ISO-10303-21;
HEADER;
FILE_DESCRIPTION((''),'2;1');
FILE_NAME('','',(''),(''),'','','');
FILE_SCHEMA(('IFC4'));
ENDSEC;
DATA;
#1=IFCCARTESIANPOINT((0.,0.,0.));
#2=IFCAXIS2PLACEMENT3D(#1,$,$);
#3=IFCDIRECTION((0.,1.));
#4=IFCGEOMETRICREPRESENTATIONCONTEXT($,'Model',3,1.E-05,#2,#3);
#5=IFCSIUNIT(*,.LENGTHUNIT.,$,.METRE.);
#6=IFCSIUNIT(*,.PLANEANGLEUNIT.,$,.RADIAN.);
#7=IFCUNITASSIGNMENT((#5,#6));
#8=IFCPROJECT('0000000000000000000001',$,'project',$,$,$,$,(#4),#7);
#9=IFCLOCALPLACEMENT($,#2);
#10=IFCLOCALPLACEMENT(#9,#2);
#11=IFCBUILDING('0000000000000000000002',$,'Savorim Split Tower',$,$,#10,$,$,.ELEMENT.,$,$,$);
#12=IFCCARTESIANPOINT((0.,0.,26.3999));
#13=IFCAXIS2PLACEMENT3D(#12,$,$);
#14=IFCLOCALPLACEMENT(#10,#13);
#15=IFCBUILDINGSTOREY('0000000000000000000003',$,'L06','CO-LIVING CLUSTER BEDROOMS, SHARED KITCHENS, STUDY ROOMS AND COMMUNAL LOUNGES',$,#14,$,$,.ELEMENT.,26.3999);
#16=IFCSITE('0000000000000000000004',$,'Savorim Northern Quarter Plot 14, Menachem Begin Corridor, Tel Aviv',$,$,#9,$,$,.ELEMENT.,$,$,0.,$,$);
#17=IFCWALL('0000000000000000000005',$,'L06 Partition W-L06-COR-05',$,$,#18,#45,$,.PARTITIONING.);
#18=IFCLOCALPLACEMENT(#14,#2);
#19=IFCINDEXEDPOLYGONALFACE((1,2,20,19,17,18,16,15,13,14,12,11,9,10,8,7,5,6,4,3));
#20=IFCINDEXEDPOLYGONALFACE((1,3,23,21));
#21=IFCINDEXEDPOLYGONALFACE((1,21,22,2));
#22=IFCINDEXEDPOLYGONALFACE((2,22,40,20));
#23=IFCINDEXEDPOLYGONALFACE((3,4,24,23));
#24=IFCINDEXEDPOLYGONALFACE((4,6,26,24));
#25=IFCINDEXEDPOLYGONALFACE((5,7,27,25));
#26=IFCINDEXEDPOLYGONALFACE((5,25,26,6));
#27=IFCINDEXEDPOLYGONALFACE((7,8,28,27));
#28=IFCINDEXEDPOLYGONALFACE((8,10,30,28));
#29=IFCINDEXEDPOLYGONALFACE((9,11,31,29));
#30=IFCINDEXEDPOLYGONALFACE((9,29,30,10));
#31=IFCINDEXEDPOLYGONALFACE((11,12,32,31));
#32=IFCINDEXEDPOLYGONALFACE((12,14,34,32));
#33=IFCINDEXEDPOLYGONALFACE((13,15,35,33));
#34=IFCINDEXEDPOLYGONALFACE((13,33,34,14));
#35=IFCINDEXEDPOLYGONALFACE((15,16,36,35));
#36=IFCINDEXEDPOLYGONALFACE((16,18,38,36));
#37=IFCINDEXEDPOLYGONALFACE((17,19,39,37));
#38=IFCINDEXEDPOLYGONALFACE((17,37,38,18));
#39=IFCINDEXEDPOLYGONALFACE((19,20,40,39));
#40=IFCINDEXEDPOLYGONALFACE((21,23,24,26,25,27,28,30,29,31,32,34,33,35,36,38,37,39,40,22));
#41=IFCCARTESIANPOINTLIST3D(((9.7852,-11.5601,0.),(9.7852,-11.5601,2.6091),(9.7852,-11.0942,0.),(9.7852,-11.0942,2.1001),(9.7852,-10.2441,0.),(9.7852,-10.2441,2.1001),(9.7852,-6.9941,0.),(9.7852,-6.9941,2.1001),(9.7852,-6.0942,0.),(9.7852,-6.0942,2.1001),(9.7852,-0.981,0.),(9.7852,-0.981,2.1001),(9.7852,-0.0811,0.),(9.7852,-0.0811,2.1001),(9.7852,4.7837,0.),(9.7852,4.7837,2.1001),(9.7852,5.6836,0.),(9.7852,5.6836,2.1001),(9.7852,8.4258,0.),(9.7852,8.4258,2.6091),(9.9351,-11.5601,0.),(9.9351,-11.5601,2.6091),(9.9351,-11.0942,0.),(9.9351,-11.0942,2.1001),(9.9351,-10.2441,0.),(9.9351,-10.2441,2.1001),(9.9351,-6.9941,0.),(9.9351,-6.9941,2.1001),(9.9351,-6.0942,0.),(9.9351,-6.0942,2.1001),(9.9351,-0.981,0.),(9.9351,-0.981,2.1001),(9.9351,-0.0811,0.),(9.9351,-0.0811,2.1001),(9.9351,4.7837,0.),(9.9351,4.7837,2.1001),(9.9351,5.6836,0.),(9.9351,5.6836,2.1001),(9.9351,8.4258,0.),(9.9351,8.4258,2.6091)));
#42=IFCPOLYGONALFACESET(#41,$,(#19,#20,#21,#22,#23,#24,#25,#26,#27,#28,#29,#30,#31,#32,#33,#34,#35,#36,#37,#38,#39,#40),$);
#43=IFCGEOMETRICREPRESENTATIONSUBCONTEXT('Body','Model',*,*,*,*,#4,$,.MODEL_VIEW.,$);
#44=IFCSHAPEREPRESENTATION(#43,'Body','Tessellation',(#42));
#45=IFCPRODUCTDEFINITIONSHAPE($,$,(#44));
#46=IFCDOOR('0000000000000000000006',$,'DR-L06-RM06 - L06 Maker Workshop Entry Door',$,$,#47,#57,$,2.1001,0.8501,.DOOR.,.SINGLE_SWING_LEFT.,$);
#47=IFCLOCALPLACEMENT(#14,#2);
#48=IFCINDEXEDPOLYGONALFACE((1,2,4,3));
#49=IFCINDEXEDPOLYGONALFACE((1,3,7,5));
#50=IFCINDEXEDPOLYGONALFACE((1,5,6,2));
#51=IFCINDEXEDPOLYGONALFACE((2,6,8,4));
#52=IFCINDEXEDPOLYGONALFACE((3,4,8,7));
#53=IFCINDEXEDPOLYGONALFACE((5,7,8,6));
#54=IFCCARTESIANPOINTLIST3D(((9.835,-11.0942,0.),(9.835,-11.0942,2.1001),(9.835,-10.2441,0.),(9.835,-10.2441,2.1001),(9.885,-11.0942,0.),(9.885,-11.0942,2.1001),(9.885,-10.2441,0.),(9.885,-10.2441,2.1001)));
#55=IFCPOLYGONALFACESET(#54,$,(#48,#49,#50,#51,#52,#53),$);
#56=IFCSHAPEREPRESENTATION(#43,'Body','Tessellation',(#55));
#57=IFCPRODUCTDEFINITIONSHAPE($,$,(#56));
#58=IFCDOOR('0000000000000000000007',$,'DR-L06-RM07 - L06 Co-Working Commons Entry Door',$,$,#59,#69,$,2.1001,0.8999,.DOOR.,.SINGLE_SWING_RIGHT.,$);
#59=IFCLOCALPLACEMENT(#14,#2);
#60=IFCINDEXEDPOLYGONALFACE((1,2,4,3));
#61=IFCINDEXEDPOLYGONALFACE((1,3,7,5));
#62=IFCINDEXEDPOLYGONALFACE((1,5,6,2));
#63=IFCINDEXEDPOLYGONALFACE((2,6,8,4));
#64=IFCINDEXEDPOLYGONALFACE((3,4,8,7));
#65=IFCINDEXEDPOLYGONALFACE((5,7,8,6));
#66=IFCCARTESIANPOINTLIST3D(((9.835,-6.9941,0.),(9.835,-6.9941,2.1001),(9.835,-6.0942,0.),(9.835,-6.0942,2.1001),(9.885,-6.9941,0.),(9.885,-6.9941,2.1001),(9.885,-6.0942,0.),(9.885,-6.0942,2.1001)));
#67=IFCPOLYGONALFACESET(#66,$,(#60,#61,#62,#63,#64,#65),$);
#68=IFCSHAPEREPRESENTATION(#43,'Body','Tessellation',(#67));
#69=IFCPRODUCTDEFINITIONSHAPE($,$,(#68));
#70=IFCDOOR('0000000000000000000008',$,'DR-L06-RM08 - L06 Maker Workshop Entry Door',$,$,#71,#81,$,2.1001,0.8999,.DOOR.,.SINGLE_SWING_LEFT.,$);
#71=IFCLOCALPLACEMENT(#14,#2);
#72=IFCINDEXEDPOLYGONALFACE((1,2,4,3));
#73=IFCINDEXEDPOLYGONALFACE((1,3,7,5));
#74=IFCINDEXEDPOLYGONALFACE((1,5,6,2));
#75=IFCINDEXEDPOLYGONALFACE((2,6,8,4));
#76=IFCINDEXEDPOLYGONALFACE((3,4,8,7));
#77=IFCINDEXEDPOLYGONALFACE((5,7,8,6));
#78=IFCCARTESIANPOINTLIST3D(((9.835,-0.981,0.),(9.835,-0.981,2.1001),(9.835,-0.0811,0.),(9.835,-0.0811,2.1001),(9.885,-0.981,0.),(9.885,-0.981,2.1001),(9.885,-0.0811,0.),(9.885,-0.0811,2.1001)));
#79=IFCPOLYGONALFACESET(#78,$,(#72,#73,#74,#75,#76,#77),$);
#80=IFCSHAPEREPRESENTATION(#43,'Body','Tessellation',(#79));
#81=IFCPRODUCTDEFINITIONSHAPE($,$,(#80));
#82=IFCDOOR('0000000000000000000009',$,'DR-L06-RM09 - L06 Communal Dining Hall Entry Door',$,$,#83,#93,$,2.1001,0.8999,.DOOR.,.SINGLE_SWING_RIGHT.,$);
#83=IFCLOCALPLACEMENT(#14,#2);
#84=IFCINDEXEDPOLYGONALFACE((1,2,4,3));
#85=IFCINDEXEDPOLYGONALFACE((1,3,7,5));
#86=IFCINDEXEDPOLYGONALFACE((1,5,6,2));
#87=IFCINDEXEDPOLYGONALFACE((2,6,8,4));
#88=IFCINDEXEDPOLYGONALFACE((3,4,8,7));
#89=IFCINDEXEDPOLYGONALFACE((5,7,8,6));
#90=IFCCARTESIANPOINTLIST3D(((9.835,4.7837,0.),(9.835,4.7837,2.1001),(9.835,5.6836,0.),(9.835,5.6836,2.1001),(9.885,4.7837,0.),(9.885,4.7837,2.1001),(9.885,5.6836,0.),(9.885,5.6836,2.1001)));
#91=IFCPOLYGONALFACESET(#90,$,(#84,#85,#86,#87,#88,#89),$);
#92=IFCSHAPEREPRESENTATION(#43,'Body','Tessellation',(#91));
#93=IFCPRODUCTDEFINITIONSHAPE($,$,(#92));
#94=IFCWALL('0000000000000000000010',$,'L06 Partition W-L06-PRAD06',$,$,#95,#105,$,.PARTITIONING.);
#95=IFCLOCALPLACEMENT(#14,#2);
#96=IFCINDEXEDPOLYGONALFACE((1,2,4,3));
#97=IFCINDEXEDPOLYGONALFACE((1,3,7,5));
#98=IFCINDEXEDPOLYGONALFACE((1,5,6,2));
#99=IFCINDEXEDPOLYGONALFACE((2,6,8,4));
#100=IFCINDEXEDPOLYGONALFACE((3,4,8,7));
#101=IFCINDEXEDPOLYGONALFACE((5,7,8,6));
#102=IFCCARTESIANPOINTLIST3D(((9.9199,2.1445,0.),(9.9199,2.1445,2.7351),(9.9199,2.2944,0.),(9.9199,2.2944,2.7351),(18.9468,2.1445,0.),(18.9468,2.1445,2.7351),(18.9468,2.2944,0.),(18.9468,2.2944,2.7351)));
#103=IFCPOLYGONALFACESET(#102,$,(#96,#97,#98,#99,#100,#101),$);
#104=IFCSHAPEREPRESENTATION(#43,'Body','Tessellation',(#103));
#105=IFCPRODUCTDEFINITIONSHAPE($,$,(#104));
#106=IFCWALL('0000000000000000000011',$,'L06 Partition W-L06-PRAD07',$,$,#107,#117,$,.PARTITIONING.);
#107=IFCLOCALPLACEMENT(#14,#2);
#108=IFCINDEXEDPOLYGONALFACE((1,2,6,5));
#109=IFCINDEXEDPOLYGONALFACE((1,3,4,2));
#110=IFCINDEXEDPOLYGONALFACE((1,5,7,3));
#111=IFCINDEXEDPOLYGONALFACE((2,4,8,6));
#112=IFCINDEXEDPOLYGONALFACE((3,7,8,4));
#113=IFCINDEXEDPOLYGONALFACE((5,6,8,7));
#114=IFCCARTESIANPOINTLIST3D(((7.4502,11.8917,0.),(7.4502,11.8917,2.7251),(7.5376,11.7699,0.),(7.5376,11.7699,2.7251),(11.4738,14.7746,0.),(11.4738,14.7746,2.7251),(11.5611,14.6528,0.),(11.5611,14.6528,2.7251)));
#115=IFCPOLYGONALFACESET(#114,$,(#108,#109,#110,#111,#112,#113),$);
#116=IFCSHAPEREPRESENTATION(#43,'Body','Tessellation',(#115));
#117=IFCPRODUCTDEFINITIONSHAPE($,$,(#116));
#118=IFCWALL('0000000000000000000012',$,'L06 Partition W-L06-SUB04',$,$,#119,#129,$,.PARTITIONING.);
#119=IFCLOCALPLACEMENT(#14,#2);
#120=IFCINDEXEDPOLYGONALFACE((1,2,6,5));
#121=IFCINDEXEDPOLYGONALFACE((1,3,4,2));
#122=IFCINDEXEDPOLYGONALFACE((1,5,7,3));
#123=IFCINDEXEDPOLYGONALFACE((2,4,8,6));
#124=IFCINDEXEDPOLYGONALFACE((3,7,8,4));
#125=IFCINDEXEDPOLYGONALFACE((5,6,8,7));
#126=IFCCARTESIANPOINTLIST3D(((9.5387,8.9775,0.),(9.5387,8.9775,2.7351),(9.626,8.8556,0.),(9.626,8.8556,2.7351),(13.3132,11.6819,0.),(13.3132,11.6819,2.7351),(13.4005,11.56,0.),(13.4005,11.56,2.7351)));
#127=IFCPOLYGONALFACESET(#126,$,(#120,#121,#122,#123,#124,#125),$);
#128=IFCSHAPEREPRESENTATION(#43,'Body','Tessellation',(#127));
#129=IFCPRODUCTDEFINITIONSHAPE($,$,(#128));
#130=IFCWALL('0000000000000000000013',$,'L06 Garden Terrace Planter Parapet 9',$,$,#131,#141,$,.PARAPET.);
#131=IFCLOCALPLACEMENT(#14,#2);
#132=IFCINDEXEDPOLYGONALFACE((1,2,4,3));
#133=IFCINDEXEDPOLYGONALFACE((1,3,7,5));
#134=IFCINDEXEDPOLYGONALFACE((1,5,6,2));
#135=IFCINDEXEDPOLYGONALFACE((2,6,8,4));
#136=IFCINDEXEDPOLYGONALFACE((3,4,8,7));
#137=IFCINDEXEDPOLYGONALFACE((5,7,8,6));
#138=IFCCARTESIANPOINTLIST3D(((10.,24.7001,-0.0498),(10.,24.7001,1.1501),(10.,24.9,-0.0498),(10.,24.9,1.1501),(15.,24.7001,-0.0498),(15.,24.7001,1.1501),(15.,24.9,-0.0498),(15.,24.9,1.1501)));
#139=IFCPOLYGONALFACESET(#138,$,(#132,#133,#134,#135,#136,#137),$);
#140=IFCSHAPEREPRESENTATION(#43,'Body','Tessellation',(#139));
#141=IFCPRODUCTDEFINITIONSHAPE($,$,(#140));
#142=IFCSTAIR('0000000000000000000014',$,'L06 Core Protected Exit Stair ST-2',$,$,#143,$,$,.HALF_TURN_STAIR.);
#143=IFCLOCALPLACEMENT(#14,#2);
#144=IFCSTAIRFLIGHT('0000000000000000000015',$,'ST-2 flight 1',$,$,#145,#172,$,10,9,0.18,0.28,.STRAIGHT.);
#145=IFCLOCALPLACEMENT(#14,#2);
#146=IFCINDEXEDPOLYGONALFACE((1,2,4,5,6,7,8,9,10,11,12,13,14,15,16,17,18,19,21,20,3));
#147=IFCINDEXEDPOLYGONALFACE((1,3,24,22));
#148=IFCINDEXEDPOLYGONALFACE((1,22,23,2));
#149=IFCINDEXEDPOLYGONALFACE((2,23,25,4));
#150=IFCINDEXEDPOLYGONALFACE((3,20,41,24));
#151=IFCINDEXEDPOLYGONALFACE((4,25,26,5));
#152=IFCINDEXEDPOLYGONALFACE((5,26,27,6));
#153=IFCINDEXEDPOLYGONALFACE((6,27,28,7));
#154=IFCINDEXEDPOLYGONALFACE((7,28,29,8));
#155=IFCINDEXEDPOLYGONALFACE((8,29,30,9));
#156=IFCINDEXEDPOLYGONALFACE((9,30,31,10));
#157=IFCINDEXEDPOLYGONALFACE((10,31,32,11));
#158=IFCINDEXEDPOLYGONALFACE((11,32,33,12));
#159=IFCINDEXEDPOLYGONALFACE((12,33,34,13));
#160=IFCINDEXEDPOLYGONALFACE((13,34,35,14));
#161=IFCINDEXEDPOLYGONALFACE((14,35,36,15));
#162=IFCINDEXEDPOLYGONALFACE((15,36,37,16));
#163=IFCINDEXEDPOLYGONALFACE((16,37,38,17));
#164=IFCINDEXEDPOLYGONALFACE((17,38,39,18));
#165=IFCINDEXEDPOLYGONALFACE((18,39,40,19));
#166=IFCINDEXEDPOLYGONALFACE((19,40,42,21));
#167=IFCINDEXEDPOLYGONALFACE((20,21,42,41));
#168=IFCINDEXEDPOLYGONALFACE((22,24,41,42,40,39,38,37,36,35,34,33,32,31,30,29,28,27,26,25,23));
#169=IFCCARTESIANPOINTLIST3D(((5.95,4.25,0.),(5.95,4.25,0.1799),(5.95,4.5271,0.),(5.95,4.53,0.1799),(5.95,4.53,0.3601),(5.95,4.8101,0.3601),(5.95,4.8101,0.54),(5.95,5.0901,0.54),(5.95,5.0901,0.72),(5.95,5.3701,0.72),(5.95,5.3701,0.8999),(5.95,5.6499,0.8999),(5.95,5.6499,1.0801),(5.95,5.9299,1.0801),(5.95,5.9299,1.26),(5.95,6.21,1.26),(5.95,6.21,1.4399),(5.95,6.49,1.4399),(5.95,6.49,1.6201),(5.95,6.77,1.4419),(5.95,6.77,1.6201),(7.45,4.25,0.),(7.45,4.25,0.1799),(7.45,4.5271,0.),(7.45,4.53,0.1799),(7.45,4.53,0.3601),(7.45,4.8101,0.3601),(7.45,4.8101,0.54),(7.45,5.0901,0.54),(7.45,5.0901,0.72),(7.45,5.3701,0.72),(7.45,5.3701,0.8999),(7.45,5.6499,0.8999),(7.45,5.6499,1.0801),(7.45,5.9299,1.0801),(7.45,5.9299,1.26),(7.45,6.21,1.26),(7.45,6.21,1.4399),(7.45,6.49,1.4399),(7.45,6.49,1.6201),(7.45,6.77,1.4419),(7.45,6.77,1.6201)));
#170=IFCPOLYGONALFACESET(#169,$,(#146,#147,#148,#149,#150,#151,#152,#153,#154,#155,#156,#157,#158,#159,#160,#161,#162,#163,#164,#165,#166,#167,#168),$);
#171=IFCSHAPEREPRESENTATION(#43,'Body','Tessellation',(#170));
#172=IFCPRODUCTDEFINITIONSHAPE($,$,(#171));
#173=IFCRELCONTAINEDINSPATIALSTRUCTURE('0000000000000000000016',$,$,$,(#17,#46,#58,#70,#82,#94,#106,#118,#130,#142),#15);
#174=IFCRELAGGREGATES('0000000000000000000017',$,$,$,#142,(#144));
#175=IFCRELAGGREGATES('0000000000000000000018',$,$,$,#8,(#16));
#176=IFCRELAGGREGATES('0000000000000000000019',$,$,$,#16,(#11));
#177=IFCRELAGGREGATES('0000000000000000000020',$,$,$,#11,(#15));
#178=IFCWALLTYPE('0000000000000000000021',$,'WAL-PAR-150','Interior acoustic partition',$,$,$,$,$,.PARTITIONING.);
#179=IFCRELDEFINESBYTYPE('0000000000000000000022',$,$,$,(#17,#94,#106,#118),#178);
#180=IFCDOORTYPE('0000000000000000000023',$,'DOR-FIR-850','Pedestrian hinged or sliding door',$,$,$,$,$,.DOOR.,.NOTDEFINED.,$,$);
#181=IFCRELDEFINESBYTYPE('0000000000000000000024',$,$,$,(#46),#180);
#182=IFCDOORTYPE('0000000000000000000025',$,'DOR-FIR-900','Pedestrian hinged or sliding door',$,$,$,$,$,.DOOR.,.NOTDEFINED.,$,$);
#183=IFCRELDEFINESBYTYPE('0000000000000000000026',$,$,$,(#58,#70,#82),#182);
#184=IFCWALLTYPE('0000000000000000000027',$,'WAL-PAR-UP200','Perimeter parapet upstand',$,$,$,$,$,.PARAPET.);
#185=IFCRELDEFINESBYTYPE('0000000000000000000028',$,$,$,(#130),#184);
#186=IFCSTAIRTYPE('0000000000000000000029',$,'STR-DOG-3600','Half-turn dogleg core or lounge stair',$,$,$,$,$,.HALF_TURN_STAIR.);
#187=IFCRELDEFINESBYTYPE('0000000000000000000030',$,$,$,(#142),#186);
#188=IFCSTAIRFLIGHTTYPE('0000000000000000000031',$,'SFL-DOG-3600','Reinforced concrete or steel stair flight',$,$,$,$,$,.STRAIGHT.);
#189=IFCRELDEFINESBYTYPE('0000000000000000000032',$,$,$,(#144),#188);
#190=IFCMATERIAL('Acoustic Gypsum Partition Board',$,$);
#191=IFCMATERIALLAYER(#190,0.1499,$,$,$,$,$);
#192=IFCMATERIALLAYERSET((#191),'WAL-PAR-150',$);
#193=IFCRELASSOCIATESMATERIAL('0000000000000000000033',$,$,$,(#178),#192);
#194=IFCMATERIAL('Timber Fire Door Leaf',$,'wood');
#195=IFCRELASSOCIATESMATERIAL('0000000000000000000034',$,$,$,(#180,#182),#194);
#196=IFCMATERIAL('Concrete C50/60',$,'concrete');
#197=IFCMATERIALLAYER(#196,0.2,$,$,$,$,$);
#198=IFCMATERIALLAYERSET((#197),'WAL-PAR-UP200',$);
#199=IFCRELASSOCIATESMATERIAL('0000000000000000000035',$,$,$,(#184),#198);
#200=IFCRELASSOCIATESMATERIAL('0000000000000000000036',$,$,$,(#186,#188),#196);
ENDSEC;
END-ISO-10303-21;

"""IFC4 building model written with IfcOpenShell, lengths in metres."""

from ifc_helpers import new_model, si_unit, direction, frame, frame_2d, origin, place, context, subcontext, project, spatial, polyline, rectangle, outline, extrude, material, layer, layer_set, type_object, element, fill, aggregate, save


model = new_model("IFC4")

# Units and contexts
model_context = context("Model", 3, precision=1e-05, world=origin(), true_north=direction((0.0, 1.0)))
body_context = subcontext(model_context, "Body", "Model", "MODEL_VIEW")
ifc_project = project(units=[si_unit("LENGTHUNIT", "METRE"), si_unit("PLANEANGLEUNIT", "RADIAN")], contexts=[model_context])

# Site, building, storey
site_placement = place(None, origin())
site = spatial("IfcSite", under=ifc_project, at=site_placement, Name="Savorim Northern Quarter Plot 14, Menachem Begin Corridor, Tel Aviv", CompositionType="ELEMENT", RefElevation=0.0)
building_placement = place(site_placement, origin())
building = spatial("IfcBuilding", under=site, at=building_placement, Name="Savorim Split Tower", CompositionType="ELEMENT")
storey_placement = place(building_placement, frame((0.0, 0.0, 26.3999)))
storey = spatial("IfcBuildingStorey", under=building, at=storey_placement, Name="L06", Description="CO-LIVING CLUSTER BEDROOMS, SHARED KITCHENS, STUDY ROOMS AND COMMUNAL LOUNGES", CompositionType="ELEMENT", Elevation=26.3999)

# Shared definitions
ifc_material_1 = material(Name="Timber Fire Door Leaf", Category="wood")

# Shared definitions
ifc_material_2 = material(Name="Acoustic Gypsum Partition Board")
ifc_layer_1 = layer(ifc_material_2, 0.1499)
ifc_layer_set_1 = layer_set([ifc_layer_1], Name="WAL-PAR-150")
wall_type_1 = type_object("IfcWallType", Name="WAL-PAR-150", Description="Interior acoustic partition", PredefinedType="PARTITIONING", material=ifc_layer_set_1)
door_type_1 = type_object("IfcDoorType", Name="DOR-FIR-850", Description="Pedestrian hinged or sliding door", OperationType="NOTDEFINED", PredefinedType="DOOR", material=ifc_material_1)

# Wall, openings, doors
wall_1_placement = place(storey_placement, frame((9.8601, 8.4258, 0.0), z_axis=(0.0, 0.0, 1.0), x_axis=(0.0, -1.0, 0.0)))
wall_1 = element("IfcWall", 1, at=wall_1_placement, inside=storey, type_object=wall_type_1, Name="L06 Partition W-L06-COR-05", PredefinedType="PARTITIONING", context=body_context, shape_type="SweptSolid", body=[
    extrude(rectangle(XDim=19.9858, YDim=0.1499, at=frame_2d((9.9929, 0.0))), origin(), (0.0, 0.0, 1.0), 2.6091),
])
opening_1_placement = place(wall_1_placement, frame((18.6699, 0.0, 0.0)))
opening_1 = element("IfcOpeningElement", 2, at=opening_1_placement, cuts=wall_1, PredefinedType="OPENING", context=body_context, shape_type="SweptSolid", body=[
    extrude(rectangle(XDim=0.8501, YDim=2.1001, at=frame_2d((0.425, 1.05))), frame((0.0, 0.085, 0.0), z_axis=(0.0, -1.0, 0.0), x_axis=(1.0, 0.0, 0.0)), (0.0, 0.0, 1.0), 0.1699),
])
opening_2_placement = place(wall_1_placement, frame((14.52, 0.0, 0.0)))
opening_2 = element("IfcOpeningElement", 3, at=opening_2_placement, cuts=wall_1, PredefinedType="OPENING", context=body_context, shape_type="SweptSolid", body=[
    extrude(rectangle(XDim=0.8999, YDim=2.1001, at=frame_2d((0.45, 1.05))), frame((0.0, 0.085, 0.0), z_axis=(0.0, -1.0, 0.0), x_axis=(1.0, 0.0, 0.0)), (0.0, 0.0, 1.0), 0.1699),
])
opening_3_placement = place(wall_1_placement, frame((8.5068, 0.0, 0.0)))
opening_3 = element("IfcOpeningElement", 4, at=opening_3_placement, cuts=wall_1, PredefinedType="OPENING", context=body_context, shape_type="SweptSolid", body=[
    extrude(rectangle(XDim=0.8999, YDim=2.1001, at=frame_2d((0.45, 1.05))), frame((0.0, 0.085, 0.0), z_axis=(0.0, -1.0, 0.0), x_axis=(1.0, 0.0, 0.0)), (0.0, 0.0, 1.0), 0.1699),
])
opening_4_placement = place(wall_1_placement, frame((2.7422, 0.0, 0.0)))
opening_4 = element("IfcOpeningElement", 5, at=opening_4_placement, cuts=wall_1, PredefinedType="OPENING", context=body_context, shape_type="SweptSolid", body=[
    extrude(rectangle(XDim=0.8999, YDim=2.1001, at=frame_2d((0.45, 1.05))), frame((0.0, 0.085, 0.0), z_axis=(0.0, -1.0, 0.0), x_axis=(1.0, 0.0, 0.0)), (0.0, 0.0, 1.0), 0.1699),
])
door_1_placement = place(opening_1_placement, origin())
door_1 = element("IfcDoor", 6, at=door_1_placement, inside=storey, type_object=door_type_1, Name="DR-L06-RM06 - L06 Maker Workshop Entry Door", OperationType="SINGLE_SWING_LEFT", OverallHeight=2.1001, OverallWidth=0.8501, PredefinedType="DOOR", context=body_context, shape_type="SweptSolid", body=[
    extrude(rectangle(XDim=0.8501, YDim=2.1001, at=frame_2d((0.425, 1.05))), frame((0.0, 0.0249, 0.0), z_axis=(0.0, -1.0, 0.0), x_axis=(1.0, 0.0, 0.0)), (0.0, 0.0, 1.0), 0.05),
])
fill(opening_1, door_1)
door_type_2 = type_object("IfcDoorType", Name="DOR-FIR-900", Description="Pedestrian hinged or sliding door", OperationType="NOTDEFINED", PredefinedType="DOOR", material=ifc_material_1)
door_2_placement = place(opening_2_placement, origin())
door_2 = element("IfcDoor", 7, at=door_2_placement, inside=storey, type_object=door_type_2, Name="DR-L06-RM07 - L06 Co-Working Commons Entry Door", OperationType="SINGLE_SWING_RIGHT", OverallHeight=2.1001, OverallWidth=0.8999, PredefinedType="DOOR", context=body_context, shape_type="SweptSolid", body=[
    extrude(rectangle(XDim=0.8999, YDim=2.1001, at=frame_2d((0.45, 1.05))), frame((0.0, 0.0249, 0.0), z_axis=(0.0, -1.0, 0.0), x_axis=(1.0, 0.0, 0.0)), (0.0, 0.0, 1.0), 0.05),
])
fill(opening_2, door_2)
door_3_placement = place(opening_3_placement, origin())
door_3 = element("IfcDoor", 8, at=door_3_placement, inside=storey, type_object=door_type_2, Name="DR-L06-RM08 - L06 Maker Workshop Entry Door", OperationType="SINGLE_SWING_LEFT", OverallHeight=2.1001, OverallWidth=0.8999, PredefinedType="DOOR", context=body_context, shape_type="SweptSolid", body=[
    extrude(rectangle(XDim=0.8999, YDim=2.1001, at=frame_2d((0.45, 1.05))), frame((0.0, 0.0249, 0.0), z_axis=(0.0, -1.0, 0.0), x_axis=(1.0, 0.0, 0.0)), (0.0, 0.0, 1.0), 0.05),
])
fill(opening_3, door_3)
door_4_placement = place(opening_4_placement, origin())
door_4 = element("IfcDoor", 9, at=door_4_placement, inside=storey, type_object=door_type_2, Name="DR-L06-RM09 - L06 Communal Dining Hall Entry Door", OperationType="SINGLE_SWING_RIGHT", OverallHeight=2.1001, OverallWidth=0.8999, PredefinedType="DOOR", context=body_context, shape_type="SweptSolid", body=[
    extrude(rectangle(XDim=0.8999, YDim=2.1001, at=frame_2d((0.45, 1.05))), frame((0.0, 0.0249, 0.0), z_axis=(0.0, -1.0, 0.0), x_axis=(1.0, 0.0, 0.0)), (0.0, 0.0, 1.0), 0.05),
])
fill(opening_4, door_4)

# Walls
wall_2_placement = place(storey_placement, frame((9.9199, 2.2195, 0.0), z_axis=(0.0, 0.0, 1.0), x_axis=(1.0, 0.0, 0.0)))
element("IfcWall", 10, at=wall_2_placement, inside=storey, type_object=wall_type_1, Name="L06 Partition W-L06-PRAD06", PredefinedType="PARTITIONING", context=body_context, shape_type="SweptSolid", body=[
    extrude(rectangle(XDim=9.0269, YDim=0.1499, at=frame_2d((4.5134, 0.0))), origin(), (0.0, 0.0, 1.0), 2.7351),
])
wall_3_placement = place(storey_placement, frame((7.4939, 11.8308, 0.0), z_axis=(0.0, 0.0, 1.0), x_axis=(0.812879, 0.582432, 0.0)))
element("IfcWall", 11, at=wall_3_placement, inside=storey, type_object=wall_type_1, Name="L06 Partition W-L06-PRAD07", PredefinedType="PARTITIONING", context=body_context, shape_type="SweptSolid", body=[
    extrude(rectangle(XDim=4.9497, YDim=0.1499, at=frame_2d((2.4749, 0.0))), origin(), (0.0, 0.0, 1.0), 2.7251),
])
wall_4_placement = place(storey_placement, frame((9.5823, 8.9165, 0.0), z_axis=(0.0, 0.0, 1.0), x_axis=(0.812884, 0.582426, 0.0)))
element("IfcWall", 12, at=wall_4_placement, inside=storey, type_object=wall_type_1, Name="L06 Partition W-L06-SUB04", PredefinedType="PARTITIONING", context=body_context, shape_type="SweptSolid", body=[
    extrude(rectangle(XDim=4.6433, YDim=0.1499, at=frame_2d((2.3218, 0.0))), origin(), (0.0, 0.0, 1.0), 2.7351),
])
ifc_material_3 = material(Name="Concrete C50/60", Category="concrete")
ifc_layer_2 = layer(ifc_material_3, 0.2)
ifc_layer_set_2 = layer_set([ifc_layer_2], Name="WAL-PAR-UP200")
wall_type_2 = type_object("IfcWallType", Name="WAL-PAR-UP200", Description="Perimeter parapet upstand", PredefinedType="PARAPET", material=ifc_layer_set_2)
wall_5_placement = place(storey_placement, frame((10.0, 24.8, -0.0498), z_axis=(0.0, 0.0, 1.0), x_axis=(1.0, 0.0, 0.0)))
element("IfcWall", 13, at=wall_5_placement, inside=storey, type_object=wall_type_2, Name="L06 Garden Terrace Planter Parapet 9", PredefinedType="PARAPET", context=body_context, shape_type="SweptSolid", body=[
    extrude(rectangle(XDim=5.0, YDim=0.2, at=frame_2d((2.5, 0.0))), origin(), (0.0, 0.0, 1.0), 1.2),
])

# Stair, stair flight
stair_type = type_object("IfcStairType", Name="STR-DOG-3600", Description="Half-turn dogleg core or lounge stair", PredefinedType="HALF_TURN_STAIR", material=ifc_material_3)
stair_placement = place(storey_placement, origin())
stair = element("IfcStair", 14, at=stair_placement, inside=storey, type_object=stair_type, Name="L06 Core Protected Exit Stair ST-2", PredefinedType="HALF_TURN_STAIR")
stair_flight_type = type_object("IfcStairFlightType", Name="SFL-DOG-3600", Description="Reinforced concrete or steel stair flight", PredefinedType="STRAIGHT", material=ifc_material_3)
stair_flight_placement = place(storey_placement, frame((6.7, 4.25, 0.0), z_axis=(0.0, 0.0, 1.0), x_axis=(0.0, 1.0, 0.0)))
stair_flight = element("IfcStairFlight", 15, at=stair_flight_placement, type_object=stair_flight_type, Name="ST-2 flight 1", NumberOfRisers=10, NumberOfTreads=9, PredefinedType="STRAIGHT", RiserHeight=0.18, TreadLength=0.28, context=body_context, shape_type="SweptSolid", body=[
    extrude(outline(polyline([(0.0, 0.0), (0.0, 0.1799), (0.28, 0.1799), (0.28, 0.3601), (0.5601, 0.3601), (0.5601, 0.54), (0.8401, 0.54), (0.8401, 0.72), (1.1201, 0.72), (1.1201, 0.8999), (1.3999, 0.8999), (1.3999, 1.0801), (1.6799, 1.0801), (1.6799, 1.26), (1.96, 1.26), (1.96, 1.4399), (2.24, 1.4399), (2.24, 1.6201), (2.52, 1.6201), (2.52, 1.8), (2.52, 1.4419), (0.2771, 0.0), (0.0, 0.0)])), frame((0.0, 0.75, 0.0), z_axis=(0.0, -1.0, 0.0), x_axis=(1.0, 0.0, 0.0)), (0.0, 0.0, 1.0), 1.5),
])
aggregate(stair, [stair_flight])

save(model, "model.ifc")
